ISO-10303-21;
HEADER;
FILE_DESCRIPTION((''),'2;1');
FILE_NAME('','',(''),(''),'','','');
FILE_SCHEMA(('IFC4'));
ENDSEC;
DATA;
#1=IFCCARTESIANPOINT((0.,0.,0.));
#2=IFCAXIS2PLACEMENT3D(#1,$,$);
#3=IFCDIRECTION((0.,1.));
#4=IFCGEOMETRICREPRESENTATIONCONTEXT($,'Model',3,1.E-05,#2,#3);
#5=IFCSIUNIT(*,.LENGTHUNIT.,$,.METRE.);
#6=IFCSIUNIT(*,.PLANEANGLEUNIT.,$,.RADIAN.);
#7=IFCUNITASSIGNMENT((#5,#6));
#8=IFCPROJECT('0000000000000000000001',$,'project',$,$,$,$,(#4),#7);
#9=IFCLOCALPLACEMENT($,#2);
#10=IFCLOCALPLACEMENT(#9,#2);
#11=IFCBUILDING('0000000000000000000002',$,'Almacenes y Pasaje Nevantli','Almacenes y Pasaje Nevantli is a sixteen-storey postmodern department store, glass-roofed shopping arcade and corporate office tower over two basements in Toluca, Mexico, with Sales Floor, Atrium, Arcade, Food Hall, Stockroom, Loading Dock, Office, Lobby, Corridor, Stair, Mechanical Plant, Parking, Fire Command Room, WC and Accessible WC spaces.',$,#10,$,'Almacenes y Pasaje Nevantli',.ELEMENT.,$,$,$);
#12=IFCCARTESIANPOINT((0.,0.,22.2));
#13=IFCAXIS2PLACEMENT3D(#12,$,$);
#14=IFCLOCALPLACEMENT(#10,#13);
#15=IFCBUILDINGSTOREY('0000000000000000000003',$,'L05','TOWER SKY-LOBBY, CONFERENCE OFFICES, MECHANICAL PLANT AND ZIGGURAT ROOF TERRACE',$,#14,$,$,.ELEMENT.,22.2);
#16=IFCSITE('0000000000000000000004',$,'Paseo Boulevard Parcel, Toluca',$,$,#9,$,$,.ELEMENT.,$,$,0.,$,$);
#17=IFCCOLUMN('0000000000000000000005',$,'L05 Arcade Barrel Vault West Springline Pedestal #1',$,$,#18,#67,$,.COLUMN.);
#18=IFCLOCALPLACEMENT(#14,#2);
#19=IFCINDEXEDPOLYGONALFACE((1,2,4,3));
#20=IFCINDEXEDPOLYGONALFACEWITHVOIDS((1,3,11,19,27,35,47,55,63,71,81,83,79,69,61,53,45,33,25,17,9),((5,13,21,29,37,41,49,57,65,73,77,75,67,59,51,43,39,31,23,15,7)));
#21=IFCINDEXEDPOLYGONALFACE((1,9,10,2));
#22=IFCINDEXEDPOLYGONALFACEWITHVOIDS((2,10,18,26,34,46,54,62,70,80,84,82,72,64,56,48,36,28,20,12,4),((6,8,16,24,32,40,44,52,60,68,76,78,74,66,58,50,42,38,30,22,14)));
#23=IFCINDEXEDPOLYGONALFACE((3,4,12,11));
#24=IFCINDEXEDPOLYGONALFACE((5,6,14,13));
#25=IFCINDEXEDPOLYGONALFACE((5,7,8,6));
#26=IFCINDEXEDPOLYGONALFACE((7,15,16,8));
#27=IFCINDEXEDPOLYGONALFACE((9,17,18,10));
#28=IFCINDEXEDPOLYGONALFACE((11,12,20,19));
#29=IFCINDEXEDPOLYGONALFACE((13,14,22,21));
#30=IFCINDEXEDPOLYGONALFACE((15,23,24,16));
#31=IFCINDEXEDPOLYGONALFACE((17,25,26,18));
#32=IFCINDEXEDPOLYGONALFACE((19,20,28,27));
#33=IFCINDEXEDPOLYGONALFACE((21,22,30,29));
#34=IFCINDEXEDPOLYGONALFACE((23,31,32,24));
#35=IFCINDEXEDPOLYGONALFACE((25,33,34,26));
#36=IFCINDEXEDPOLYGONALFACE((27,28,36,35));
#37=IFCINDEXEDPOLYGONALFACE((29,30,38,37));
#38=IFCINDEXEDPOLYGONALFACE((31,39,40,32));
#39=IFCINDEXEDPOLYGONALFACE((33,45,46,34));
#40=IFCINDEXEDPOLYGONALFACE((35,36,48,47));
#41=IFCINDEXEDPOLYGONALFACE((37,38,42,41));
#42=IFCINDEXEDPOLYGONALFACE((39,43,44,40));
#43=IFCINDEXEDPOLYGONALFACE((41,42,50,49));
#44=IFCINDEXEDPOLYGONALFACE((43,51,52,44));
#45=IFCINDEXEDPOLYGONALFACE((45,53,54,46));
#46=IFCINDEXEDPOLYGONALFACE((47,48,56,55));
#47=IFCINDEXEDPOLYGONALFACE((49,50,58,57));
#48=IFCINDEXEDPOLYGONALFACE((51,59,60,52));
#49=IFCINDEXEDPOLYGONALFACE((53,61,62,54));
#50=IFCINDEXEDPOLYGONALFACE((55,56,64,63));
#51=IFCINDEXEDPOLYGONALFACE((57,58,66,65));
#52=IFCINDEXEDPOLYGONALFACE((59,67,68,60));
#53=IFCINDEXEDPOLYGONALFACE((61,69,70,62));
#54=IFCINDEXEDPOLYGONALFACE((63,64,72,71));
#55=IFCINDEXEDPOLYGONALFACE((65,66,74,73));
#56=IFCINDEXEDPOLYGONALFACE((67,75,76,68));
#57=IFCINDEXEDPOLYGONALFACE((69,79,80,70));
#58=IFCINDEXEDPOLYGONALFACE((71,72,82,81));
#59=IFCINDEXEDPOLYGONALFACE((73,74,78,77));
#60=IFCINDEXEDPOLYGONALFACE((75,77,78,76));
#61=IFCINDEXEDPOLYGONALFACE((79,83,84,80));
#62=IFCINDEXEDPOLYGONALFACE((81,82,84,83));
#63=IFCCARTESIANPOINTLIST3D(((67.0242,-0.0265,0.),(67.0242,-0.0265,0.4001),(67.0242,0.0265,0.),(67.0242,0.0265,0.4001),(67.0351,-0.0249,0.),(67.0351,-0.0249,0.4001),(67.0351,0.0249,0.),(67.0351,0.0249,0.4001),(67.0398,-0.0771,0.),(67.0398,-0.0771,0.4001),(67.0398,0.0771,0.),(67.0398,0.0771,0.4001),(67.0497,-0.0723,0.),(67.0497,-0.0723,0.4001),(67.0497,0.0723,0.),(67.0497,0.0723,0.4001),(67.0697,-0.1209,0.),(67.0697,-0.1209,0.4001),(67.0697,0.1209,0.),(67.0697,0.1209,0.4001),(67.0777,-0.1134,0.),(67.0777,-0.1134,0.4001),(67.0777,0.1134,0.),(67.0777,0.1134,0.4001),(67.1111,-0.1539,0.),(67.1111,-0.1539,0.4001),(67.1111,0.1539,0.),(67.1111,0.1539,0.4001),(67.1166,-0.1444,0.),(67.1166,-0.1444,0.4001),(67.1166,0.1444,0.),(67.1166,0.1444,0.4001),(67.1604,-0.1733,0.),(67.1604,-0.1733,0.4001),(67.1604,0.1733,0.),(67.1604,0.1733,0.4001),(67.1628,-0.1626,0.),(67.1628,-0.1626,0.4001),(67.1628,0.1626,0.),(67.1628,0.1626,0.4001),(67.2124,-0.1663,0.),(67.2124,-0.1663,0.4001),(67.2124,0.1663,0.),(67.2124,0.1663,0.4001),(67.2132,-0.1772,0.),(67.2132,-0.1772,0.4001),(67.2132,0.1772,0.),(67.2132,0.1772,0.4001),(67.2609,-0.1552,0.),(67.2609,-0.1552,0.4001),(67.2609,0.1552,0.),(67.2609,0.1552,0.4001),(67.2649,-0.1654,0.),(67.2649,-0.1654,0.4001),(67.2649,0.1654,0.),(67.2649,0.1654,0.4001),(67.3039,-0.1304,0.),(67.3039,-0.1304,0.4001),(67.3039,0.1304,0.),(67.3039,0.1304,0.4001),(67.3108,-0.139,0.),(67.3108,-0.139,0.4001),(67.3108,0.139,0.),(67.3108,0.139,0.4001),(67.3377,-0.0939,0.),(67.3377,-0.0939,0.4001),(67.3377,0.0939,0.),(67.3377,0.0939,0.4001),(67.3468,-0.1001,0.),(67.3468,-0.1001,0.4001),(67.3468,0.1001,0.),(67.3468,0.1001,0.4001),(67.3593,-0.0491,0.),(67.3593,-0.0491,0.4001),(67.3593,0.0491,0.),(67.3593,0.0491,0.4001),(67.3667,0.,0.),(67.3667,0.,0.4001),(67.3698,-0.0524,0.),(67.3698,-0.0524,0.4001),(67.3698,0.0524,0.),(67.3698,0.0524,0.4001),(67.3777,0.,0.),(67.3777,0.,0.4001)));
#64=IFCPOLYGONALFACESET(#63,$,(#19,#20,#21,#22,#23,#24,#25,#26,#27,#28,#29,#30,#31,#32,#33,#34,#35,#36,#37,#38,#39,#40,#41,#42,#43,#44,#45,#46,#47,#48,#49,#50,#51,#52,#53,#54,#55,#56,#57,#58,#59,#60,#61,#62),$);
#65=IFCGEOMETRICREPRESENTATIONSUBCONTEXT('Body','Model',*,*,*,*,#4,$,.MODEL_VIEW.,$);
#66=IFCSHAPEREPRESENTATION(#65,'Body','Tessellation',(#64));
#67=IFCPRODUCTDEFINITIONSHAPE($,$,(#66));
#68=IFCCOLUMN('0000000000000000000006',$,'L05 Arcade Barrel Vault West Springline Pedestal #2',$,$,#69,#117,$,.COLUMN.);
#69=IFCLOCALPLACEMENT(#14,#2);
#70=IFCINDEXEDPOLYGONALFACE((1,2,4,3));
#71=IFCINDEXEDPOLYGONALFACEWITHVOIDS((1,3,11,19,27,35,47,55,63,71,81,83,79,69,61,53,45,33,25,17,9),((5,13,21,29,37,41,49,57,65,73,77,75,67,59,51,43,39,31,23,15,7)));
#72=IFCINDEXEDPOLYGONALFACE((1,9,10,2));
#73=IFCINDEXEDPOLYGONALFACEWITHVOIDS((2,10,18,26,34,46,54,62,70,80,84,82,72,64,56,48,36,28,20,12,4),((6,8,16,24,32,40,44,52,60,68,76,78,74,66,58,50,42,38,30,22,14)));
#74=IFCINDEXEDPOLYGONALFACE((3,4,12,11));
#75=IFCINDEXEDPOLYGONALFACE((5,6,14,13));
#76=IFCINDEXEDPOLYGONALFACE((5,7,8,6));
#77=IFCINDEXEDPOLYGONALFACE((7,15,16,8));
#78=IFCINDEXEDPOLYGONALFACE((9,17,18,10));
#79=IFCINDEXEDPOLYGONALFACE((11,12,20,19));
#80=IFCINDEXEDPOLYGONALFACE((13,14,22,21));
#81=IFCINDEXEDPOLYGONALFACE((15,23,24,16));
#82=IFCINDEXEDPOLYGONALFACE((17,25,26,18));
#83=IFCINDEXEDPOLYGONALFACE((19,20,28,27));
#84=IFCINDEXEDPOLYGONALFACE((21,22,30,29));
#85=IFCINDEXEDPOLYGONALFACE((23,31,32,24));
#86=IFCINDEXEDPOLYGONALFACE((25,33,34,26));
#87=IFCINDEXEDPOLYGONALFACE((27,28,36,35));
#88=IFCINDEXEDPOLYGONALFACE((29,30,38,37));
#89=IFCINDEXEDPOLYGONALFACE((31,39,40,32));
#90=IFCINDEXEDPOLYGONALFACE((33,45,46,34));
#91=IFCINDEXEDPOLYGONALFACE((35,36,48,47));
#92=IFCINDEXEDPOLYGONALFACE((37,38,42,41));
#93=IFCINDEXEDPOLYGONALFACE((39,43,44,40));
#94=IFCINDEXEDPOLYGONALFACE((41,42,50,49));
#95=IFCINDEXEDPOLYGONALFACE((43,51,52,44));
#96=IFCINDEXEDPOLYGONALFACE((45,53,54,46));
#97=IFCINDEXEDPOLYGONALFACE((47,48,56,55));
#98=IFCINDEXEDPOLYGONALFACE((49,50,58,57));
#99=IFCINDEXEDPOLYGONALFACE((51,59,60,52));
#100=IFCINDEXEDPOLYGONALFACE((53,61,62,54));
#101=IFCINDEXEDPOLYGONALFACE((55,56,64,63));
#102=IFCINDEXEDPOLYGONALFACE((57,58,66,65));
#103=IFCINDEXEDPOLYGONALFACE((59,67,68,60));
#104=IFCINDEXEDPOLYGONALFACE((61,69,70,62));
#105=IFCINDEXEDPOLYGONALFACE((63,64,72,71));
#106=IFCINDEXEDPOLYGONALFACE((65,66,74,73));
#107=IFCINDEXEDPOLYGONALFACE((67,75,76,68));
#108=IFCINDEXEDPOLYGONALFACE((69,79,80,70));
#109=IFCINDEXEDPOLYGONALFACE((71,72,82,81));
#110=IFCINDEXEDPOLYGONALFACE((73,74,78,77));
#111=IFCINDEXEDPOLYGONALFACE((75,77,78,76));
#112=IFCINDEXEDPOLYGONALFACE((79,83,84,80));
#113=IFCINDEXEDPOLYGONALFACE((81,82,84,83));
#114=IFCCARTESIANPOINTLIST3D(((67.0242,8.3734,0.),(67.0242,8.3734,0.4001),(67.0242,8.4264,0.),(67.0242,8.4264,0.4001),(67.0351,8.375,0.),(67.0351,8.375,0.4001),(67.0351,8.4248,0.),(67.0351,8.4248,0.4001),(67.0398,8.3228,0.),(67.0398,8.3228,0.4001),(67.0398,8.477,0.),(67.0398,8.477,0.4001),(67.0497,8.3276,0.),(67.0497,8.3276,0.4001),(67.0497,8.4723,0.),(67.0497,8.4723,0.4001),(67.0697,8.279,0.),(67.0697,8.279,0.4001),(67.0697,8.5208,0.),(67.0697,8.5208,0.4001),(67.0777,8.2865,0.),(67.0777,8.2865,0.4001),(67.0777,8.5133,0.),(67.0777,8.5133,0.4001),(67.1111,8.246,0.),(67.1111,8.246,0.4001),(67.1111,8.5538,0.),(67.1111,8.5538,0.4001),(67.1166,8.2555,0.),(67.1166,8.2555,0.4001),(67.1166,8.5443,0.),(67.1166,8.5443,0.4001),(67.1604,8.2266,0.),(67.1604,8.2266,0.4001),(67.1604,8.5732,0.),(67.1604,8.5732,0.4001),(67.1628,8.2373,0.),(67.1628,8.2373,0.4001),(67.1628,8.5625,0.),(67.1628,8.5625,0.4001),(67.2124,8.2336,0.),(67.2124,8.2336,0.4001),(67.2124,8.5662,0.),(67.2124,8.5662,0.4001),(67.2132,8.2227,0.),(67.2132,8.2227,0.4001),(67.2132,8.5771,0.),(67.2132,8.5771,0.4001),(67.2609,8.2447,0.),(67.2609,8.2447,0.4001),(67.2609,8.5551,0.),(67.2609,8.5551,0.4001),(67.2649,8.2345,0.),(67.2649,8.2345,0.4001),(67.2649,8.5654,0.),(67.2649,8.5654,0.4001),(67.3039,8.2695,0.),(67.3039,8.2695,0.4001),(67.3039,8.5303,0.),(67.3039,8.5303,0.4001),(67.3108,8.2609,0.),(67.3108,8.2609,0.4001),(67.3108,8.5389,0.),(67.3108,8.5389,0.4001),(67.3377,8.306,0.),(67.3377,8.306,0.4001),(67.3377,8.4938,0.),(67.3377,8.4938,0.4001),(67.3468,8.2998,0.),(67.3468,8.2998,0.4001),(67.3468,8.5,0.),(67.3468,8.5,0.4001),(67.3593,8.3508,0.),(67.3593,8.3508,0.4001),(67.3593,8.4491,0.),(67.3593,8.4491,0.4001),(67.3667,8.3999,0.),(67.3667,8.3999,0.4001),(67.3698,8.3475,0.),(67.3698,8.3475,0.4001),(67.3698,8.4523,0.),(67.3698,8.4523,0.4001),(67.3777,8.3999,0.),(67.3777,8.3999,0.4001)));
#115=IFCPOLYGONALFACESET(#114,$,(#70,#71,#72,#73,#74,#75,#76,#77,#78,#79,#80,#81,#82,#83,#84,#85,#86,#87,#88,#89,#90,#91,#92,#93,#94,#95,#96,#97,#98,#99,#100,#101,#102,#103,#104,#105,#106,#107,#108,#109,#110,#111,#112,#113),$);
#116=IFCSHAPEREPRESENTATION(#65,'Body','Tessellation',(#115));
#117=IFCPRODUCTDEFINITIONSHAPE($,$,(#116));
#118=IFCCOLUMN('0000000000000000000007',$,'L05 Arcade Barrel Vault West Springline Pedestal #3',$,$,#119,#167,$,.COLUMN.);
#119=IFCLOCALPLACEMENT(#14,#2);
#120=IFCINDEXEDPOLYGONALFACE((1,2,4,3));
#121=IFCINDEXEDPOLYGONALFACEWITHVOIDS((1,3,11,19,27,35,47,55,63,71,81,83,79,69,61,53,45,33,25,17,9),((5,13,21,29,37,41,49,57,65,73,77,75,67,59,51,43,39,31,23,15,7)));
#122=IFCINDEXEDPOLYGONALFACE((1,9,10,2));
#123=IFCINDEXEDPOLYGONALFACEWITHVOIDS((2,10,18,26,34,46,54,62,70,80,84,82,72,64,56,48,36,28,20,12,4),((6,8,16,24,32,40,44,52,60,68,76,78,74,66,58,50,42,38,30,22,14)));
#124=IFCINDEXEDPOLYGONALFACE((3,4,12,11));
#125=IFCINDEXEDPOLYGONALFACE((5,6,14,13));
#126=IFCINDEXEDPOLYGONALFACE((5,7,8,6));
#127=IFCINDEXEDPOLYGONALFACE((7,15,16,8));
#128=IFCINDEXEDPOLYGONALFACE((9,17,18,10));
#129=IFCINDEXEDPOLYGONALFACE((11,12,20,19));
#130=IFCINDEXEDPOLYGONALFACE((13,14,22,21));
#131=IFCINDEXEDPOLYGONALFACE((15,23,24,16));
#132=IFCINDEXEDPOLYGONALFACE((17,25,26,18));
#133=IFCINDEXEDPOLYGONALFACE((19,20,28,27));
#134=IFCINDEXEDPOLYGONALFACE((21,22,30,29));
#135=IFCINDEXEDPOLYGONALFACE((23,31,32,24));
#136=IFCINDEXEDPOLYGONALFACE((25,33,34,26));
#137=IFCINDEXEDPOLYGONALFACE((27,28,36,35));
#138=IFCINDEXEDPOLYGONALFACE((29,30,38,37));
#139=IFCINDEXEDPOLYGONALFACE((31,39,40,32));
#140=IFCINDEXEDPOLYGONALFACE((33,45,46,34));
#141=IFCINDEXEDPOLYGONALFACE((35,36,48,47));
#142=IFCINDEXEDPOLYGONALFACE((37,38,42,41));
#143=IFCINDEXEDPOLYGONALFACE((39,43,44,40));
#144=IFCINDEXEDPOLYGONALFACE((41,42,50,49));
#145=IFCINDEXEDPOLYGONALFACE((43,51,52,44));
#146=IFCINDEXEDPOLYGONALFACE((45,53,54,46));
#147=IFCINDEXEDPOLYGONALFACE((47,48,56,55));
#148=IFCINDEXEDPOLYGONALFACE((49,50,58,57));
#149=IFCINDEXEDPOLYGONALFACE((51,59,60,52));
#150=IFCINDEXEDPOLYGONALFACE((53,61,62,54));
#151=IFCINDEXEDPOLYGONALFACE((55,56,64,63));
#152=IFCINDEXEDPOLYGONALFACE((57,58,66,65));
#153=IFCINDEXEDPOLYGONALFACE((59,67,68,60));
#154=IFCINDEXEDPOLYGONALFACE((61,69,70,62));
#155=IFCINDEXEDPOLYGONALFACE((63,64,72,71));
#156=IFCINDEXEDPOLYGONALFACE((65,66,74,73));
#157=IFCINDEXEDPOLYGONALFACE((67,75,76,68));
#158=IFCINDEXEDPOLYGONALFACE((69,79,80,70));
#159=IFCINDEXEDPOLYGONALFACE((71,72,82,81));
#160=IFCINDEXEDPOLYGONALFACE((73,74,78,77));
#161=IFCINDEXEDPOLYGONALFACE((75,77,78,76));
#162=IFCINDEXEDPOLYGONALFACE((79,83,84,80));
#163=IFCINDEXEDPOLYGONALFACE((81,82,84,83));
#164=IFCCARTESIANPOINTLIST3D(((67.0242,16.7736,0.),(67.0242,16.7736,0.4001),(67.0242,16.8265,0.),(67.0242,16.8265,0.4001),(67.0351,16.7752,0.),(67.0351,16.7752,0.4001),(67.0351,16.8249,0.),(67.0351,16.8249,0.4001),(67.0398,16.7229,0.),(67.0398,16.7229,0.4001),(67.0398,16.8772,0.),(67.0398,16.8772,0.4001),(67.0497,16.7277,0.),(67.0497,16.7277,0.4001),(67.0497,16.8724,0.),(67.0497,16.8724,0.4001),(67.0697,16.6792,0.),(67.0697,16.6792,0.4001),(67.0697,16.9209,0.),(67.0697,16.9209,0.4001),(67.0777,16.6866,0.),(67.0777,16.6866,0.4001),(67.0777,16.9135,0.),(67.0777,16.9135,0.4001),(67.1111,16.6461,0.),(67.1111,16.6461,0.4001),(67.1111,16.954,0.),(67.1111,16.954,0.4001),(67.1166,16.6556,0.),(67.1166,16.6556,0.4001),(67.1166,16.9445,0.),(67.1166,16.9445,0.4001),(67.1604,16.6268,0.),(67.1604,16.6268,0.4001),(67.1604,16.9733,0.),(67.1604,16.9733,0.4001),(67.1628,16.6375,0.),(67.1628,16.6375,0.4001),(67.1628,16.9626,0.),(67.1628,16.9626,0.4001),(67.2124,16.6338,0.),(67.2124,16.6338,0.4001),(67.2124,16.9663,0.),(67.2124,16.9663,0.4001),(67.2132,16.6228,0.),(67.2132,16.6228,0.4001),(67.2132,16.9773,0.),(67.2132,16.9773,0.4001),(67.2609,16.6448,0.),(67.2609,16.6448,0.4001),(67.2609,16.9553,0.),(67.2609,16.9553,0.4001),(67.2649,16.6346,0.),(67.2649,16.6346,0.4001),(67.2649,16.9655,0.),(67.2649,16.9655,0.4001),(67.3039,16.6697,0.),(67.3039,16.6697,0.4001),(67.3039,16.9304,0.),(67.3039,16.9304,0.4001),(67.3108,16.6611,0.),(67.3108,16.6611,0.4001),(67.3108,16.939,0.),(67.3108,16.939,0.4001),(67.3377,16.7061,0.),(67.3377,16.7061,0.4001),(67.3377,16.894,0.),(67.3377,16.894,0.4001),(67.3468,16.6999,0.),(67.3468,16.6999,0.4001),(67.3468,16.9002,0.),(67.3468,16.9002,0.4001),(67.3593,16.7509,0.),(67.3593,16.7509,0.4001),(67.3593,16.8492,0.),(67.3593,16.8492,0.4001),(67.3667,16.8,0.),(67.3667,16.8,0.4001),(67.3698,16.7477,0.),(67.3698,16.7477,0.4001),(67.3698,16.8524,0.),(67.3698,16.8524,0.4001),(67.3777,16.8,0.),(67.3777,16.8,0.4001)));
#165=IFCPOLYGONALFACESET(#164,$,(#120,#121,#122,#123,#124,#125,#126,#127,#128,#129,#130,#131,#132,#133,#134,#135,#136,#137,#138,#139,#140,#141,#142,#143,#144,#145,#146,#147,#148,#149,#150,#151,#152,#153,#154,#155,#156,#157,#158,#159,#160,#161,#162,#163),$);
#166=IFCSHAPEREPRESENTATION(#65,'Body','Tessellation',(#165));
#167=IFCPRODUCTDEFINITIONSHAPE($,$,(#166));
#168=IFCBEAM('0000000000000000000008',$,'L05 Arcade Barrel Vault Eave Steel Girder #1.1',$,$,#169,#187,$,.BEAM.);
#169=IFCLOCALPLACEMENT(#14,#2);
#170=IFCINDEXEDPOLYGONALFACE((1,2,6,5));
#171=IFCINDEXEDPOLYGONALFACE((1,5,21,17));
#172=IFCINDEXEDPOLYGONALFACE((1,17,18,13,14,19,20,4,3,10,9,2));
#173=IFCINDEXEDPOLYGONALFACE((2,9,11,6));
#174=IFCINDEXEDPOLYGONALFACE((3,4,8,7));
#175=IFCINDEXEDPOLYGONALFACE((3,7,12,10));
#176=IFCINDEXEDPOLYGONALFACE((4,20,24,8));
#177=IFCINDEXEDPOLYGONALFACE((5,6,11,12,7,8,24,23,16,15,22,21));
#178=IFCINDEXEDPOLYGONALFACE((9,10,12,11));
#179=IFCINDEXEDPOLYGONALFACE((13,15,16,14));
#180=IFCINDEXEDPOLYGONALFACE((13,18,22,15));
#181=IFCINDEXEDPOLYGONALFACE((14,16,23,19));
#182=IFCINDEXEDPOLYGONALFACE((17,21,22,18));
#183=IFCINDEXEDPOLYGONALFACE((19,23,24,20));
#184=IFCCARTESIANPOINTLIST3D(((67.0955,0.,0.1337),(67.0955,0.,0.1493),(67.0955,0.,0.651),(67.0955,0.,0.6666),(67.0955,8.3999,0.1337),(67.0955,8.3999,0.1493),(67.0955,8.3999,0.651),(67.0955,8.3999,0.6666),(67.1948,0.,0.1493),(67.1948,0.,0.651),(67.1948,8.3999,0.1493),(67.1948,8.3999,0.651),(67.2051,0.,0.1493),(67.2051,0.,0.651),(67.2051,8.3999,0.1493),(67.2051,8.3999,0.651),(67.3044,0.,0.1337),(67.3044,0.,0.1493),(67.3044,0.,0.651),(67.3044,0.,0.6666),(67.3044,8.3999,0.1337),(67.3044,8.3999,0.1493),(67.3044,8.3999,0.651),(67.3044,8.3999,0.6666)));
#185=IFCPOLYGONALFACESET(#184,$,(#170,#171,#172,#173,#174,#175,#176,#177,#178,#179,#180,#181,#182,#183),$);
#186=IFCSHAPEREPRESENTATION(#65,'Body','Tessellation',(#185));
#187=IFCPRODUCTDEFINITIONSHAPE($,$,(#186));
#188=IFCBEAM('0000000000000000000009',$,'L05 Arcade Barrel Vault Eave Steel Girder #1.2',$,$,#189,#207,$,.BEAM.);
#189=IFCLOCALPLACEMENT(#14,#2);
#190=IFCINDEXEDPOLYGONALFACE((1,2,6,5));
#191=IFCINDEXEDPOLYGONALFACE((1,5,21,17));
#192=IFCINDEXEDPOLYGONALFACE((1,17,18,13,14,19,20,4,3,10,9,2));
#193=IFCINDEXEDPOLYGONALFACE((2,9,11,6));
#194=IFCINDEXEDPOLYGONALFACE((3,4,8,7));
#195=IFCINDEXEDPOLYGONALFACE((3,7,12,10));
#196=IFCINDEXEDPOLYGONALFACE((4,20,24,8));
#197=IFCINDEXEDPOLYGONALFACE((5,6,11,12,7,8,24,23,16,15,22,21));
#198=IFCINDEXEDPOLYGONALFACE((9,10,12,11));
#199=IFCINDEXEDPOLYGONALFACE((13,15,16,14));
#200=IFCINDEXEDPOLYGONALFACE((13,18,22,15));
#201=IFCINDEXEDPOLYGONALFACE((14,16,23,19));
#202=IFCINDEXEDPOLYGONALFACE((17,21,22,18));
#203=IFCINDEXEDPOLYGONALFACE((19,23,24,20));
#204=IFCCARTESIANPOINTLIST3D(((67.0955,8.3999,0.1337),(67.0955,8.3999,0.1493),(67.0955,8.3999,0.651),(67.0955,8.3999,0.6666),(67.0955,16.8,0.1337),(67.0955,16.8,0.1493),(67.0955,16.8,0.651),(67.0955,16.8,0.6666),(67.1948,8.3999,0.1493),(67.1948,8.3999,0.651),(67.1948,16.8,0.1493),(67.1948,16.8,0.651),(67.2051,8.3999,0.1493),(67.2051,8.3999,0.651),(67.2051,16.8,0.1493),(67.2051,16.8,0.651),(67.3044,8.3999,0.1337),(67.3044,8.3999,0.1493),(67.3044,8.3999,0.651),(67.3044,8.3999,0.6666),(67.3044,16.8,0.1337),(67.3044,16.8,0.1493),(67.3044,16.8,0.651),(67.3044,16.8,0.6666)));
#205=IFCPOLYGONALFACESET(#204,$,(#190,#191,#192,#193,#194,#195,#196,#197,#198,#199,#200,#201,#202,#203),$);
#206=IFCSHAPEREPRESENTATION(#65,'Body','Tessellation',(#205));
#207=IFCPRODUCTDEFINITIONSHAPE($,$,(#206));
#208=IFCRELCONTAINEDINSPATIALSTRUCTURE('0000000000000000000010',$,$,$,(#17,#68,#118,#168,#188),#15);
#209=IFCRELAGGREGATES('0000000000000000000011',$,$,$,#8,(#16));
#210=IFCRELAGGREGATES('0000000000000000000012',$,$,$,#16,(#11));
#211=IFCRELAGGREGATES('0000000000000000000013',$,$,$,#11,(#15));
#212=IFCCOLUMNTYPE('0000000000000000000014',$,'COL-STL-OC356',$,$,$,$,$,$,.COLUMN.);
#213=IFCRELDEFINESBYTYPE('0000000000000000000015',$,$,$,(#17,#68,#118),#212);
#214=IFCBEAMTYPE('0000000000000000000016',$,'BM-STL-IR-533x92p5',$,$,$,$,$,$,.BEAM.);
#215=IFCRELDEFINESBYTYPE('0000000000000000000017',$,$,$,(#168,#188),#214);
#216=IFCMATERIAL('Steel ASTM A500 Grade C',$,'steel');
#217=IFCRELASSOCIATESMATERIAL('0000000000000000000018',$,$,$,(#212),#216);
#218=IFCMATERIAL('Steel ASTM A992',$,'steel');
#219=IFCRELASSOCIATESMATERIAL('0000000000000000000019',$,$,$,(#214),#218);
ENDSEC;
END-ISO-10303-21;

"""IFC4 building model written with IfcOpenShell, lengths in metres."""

from ifc_helpers import new_model, si_unit, direction, frame, origin, origin_2d, place, context, subcontext, project, spatial, hollow_circle, i_section, extrude, material, material_profile, profile_set, type_object, element, save


model = new_model("IFC4")

# Units and contexts
model_context = context("Model", 3, precision=1e-05, world=origin(), true_north=direction((0.0, 1.0)))
body_context = subcontext(model_context, "Body", "Model", "MODEL_VIEW")
ifc_project = project(units=[si_unit("LENGTHUNIT", "METRE"), si_unit("PLANEANGLEUNIT", "RADIAN")], contexts=[model_context])

# Site, building, storey
site_placement = place(None, origin())
site = spatial("IfcSite", under=ifc_project, at=site_placement, Name="Paseo Boulevard Parcel, Toluca", CompositionType="ELEMENT", RefElevation=0.0)
building_placement = place(site_placement, origin())
building = spatial("IfcBuilding", under=site, at=building_placement, Name="Almacenes y Pasaje Nevantli", Description="Almacenes y Pasaje Nevantli is a sixteen-storey postmodern department store, glass-roofed shopping arcade and corporate office tower over two basements in Toluca, Mexico, with Sales Floor, Atrium, Arcade, Food Hall, Stockroom, Loading Dock, Office, Lobby, Corridor, Stair, Mechanical Plant, Parking, Fire Command Room, WC and Accessible WC spaces.", LongName="Almacenes y Pasaje Nevantli", CompositionType="ELEMENT")
storey_placement = place(building_placement, frame((0.0, 0.0, 22.2)))
storey = spatial("IfcBuildingStorey", under=building, at=storey_placement, Name="L05", Description="TOWER SKY-LOBBY, CONFERENCE OFFICES, MECHANICAL PLANT AND ZIGGURAT ROOF TERRACE", CompositionType="ELEMENT", Elevation=22.2)

# Columns
ifc_material_1 = material(Name="Steel ASTM A500 Grade C", Category="steel")
ifc_material_profile_1 = material_profile(ifc_material_1, hollow_circle(Radius=0.1777, WallThickness=0.011, at=origin_2d()), Name="OC 356x11.1")
ifc_profile_set_1 = profile_set([ifc_material_profile_1], Name="Steel ASTM A500 Grade C")
column_type = type_object("IfcColumnType", Name="COL-STL-OC356", PredefinedType="COLUMN", material=ifc_profile_set_1)
for number, where, z_axis, x_axis, name in (
    (1, (67.2, 0.0, 0.0), (0.0, 0.0, 1.0), (1.0, 0.0, 0.0), "L05 Arcade Barrel Vault West Springline Pedestal #1"),
    (2, (67.2, 8.3999, 0.0), (0.0, 0.0, 1.0), (1.0, 0.0, 0.0), "L05 Arcade Barrel Vault West Springline Pedestal #2"),
    (3, (67.2, 16.8, 0.0), (0.0, 0.0, 1.0), (1.0, 0.0, 0.0), "L05 Arcade Barrel Vault West Springline Pedestal #3"),
):
    element("IfcColumn", number, at=place(storey_placement, frame(where, z_axis=z_axis, x_axis=x_axis)), inside=storey, type_object=column_type, Name=name, PredefinedType="COLUMN", context=body_context, shape_type="SweptSolid", body=[
        extrude(hollow_circle(Radius=0.1777, WallThickness=0.011, at=origin_2d()), origin(), (0.0, 0.0, 1.0), 0.4001),
    ])

# Beams
ifc_material_2 = material(Name="Steel ASTM A992", Category="steel")
ifc_material_profile_2 = material_profile(ifc_material_2, i_section(OverallWidth=0.209, OverallDepth=0.533, WebThickness=0.0103, FlangeThickness=0.0156, at=origin_2d()), Name="IR 533x92.5")
ifc_profile_set_2 = profile_set([ifc_material_profile_2], Name="Steel ASTM A992")
beam_type = type_object("IfcBeamType", Name="BM-STL-IR-533x92p5", PredefinedType="BEAM", material=ifc_profile_set_2)
beam_1_placement = place(storey_placement, frame((67.2, 0.0, 0.4001), z_axis=(0.0, 1.0, 0.0), x_axis=(-1.0, 0.0, 0.0)))
element("IfcBeam", 4, at=beam_1_placement, inside=storey, type_object=beam_type, Name="L05 Arcade Barrel Vault Eave Steel Girder #1.1", PredefinedType="BEAM", context=body_context, shape_type="SweptSolid", body=[
    extrude(i_section(OverallWidth=0.209, OverallDepth=0.533, WebThickness=0.0103, FlangeThickness=0.0156, at=origin_2d()), origin(), (0.0, 0.0, 1.0), 8.3999),
])
beam_2_placement = place(storey_placement, frame((67.2, 8.3999, 0.4001), z_axis=(0.0, 1.0, 0.0), x_axis=(-1.0, 0.0, 0.0)))
element("IfcBeam", 5, at=beam_2_placement, inside=storey, type_object=beam_type, Name="L05 Arcade Barrel Vault Eave Steel Girder #1.2", PredefinedType="BEAM", context=body_context, shape_type="SweptSolid", body=[
    extrude(i_section(OverallWidth=0.209, OverallDepth=0.533, WebThickness=0.0103, FlangeThickness=0.0156, at=origin_2d()), origin(), (0.0, 0.0, 1.0), 8.4001),
])

save(model, "model.ifc")
